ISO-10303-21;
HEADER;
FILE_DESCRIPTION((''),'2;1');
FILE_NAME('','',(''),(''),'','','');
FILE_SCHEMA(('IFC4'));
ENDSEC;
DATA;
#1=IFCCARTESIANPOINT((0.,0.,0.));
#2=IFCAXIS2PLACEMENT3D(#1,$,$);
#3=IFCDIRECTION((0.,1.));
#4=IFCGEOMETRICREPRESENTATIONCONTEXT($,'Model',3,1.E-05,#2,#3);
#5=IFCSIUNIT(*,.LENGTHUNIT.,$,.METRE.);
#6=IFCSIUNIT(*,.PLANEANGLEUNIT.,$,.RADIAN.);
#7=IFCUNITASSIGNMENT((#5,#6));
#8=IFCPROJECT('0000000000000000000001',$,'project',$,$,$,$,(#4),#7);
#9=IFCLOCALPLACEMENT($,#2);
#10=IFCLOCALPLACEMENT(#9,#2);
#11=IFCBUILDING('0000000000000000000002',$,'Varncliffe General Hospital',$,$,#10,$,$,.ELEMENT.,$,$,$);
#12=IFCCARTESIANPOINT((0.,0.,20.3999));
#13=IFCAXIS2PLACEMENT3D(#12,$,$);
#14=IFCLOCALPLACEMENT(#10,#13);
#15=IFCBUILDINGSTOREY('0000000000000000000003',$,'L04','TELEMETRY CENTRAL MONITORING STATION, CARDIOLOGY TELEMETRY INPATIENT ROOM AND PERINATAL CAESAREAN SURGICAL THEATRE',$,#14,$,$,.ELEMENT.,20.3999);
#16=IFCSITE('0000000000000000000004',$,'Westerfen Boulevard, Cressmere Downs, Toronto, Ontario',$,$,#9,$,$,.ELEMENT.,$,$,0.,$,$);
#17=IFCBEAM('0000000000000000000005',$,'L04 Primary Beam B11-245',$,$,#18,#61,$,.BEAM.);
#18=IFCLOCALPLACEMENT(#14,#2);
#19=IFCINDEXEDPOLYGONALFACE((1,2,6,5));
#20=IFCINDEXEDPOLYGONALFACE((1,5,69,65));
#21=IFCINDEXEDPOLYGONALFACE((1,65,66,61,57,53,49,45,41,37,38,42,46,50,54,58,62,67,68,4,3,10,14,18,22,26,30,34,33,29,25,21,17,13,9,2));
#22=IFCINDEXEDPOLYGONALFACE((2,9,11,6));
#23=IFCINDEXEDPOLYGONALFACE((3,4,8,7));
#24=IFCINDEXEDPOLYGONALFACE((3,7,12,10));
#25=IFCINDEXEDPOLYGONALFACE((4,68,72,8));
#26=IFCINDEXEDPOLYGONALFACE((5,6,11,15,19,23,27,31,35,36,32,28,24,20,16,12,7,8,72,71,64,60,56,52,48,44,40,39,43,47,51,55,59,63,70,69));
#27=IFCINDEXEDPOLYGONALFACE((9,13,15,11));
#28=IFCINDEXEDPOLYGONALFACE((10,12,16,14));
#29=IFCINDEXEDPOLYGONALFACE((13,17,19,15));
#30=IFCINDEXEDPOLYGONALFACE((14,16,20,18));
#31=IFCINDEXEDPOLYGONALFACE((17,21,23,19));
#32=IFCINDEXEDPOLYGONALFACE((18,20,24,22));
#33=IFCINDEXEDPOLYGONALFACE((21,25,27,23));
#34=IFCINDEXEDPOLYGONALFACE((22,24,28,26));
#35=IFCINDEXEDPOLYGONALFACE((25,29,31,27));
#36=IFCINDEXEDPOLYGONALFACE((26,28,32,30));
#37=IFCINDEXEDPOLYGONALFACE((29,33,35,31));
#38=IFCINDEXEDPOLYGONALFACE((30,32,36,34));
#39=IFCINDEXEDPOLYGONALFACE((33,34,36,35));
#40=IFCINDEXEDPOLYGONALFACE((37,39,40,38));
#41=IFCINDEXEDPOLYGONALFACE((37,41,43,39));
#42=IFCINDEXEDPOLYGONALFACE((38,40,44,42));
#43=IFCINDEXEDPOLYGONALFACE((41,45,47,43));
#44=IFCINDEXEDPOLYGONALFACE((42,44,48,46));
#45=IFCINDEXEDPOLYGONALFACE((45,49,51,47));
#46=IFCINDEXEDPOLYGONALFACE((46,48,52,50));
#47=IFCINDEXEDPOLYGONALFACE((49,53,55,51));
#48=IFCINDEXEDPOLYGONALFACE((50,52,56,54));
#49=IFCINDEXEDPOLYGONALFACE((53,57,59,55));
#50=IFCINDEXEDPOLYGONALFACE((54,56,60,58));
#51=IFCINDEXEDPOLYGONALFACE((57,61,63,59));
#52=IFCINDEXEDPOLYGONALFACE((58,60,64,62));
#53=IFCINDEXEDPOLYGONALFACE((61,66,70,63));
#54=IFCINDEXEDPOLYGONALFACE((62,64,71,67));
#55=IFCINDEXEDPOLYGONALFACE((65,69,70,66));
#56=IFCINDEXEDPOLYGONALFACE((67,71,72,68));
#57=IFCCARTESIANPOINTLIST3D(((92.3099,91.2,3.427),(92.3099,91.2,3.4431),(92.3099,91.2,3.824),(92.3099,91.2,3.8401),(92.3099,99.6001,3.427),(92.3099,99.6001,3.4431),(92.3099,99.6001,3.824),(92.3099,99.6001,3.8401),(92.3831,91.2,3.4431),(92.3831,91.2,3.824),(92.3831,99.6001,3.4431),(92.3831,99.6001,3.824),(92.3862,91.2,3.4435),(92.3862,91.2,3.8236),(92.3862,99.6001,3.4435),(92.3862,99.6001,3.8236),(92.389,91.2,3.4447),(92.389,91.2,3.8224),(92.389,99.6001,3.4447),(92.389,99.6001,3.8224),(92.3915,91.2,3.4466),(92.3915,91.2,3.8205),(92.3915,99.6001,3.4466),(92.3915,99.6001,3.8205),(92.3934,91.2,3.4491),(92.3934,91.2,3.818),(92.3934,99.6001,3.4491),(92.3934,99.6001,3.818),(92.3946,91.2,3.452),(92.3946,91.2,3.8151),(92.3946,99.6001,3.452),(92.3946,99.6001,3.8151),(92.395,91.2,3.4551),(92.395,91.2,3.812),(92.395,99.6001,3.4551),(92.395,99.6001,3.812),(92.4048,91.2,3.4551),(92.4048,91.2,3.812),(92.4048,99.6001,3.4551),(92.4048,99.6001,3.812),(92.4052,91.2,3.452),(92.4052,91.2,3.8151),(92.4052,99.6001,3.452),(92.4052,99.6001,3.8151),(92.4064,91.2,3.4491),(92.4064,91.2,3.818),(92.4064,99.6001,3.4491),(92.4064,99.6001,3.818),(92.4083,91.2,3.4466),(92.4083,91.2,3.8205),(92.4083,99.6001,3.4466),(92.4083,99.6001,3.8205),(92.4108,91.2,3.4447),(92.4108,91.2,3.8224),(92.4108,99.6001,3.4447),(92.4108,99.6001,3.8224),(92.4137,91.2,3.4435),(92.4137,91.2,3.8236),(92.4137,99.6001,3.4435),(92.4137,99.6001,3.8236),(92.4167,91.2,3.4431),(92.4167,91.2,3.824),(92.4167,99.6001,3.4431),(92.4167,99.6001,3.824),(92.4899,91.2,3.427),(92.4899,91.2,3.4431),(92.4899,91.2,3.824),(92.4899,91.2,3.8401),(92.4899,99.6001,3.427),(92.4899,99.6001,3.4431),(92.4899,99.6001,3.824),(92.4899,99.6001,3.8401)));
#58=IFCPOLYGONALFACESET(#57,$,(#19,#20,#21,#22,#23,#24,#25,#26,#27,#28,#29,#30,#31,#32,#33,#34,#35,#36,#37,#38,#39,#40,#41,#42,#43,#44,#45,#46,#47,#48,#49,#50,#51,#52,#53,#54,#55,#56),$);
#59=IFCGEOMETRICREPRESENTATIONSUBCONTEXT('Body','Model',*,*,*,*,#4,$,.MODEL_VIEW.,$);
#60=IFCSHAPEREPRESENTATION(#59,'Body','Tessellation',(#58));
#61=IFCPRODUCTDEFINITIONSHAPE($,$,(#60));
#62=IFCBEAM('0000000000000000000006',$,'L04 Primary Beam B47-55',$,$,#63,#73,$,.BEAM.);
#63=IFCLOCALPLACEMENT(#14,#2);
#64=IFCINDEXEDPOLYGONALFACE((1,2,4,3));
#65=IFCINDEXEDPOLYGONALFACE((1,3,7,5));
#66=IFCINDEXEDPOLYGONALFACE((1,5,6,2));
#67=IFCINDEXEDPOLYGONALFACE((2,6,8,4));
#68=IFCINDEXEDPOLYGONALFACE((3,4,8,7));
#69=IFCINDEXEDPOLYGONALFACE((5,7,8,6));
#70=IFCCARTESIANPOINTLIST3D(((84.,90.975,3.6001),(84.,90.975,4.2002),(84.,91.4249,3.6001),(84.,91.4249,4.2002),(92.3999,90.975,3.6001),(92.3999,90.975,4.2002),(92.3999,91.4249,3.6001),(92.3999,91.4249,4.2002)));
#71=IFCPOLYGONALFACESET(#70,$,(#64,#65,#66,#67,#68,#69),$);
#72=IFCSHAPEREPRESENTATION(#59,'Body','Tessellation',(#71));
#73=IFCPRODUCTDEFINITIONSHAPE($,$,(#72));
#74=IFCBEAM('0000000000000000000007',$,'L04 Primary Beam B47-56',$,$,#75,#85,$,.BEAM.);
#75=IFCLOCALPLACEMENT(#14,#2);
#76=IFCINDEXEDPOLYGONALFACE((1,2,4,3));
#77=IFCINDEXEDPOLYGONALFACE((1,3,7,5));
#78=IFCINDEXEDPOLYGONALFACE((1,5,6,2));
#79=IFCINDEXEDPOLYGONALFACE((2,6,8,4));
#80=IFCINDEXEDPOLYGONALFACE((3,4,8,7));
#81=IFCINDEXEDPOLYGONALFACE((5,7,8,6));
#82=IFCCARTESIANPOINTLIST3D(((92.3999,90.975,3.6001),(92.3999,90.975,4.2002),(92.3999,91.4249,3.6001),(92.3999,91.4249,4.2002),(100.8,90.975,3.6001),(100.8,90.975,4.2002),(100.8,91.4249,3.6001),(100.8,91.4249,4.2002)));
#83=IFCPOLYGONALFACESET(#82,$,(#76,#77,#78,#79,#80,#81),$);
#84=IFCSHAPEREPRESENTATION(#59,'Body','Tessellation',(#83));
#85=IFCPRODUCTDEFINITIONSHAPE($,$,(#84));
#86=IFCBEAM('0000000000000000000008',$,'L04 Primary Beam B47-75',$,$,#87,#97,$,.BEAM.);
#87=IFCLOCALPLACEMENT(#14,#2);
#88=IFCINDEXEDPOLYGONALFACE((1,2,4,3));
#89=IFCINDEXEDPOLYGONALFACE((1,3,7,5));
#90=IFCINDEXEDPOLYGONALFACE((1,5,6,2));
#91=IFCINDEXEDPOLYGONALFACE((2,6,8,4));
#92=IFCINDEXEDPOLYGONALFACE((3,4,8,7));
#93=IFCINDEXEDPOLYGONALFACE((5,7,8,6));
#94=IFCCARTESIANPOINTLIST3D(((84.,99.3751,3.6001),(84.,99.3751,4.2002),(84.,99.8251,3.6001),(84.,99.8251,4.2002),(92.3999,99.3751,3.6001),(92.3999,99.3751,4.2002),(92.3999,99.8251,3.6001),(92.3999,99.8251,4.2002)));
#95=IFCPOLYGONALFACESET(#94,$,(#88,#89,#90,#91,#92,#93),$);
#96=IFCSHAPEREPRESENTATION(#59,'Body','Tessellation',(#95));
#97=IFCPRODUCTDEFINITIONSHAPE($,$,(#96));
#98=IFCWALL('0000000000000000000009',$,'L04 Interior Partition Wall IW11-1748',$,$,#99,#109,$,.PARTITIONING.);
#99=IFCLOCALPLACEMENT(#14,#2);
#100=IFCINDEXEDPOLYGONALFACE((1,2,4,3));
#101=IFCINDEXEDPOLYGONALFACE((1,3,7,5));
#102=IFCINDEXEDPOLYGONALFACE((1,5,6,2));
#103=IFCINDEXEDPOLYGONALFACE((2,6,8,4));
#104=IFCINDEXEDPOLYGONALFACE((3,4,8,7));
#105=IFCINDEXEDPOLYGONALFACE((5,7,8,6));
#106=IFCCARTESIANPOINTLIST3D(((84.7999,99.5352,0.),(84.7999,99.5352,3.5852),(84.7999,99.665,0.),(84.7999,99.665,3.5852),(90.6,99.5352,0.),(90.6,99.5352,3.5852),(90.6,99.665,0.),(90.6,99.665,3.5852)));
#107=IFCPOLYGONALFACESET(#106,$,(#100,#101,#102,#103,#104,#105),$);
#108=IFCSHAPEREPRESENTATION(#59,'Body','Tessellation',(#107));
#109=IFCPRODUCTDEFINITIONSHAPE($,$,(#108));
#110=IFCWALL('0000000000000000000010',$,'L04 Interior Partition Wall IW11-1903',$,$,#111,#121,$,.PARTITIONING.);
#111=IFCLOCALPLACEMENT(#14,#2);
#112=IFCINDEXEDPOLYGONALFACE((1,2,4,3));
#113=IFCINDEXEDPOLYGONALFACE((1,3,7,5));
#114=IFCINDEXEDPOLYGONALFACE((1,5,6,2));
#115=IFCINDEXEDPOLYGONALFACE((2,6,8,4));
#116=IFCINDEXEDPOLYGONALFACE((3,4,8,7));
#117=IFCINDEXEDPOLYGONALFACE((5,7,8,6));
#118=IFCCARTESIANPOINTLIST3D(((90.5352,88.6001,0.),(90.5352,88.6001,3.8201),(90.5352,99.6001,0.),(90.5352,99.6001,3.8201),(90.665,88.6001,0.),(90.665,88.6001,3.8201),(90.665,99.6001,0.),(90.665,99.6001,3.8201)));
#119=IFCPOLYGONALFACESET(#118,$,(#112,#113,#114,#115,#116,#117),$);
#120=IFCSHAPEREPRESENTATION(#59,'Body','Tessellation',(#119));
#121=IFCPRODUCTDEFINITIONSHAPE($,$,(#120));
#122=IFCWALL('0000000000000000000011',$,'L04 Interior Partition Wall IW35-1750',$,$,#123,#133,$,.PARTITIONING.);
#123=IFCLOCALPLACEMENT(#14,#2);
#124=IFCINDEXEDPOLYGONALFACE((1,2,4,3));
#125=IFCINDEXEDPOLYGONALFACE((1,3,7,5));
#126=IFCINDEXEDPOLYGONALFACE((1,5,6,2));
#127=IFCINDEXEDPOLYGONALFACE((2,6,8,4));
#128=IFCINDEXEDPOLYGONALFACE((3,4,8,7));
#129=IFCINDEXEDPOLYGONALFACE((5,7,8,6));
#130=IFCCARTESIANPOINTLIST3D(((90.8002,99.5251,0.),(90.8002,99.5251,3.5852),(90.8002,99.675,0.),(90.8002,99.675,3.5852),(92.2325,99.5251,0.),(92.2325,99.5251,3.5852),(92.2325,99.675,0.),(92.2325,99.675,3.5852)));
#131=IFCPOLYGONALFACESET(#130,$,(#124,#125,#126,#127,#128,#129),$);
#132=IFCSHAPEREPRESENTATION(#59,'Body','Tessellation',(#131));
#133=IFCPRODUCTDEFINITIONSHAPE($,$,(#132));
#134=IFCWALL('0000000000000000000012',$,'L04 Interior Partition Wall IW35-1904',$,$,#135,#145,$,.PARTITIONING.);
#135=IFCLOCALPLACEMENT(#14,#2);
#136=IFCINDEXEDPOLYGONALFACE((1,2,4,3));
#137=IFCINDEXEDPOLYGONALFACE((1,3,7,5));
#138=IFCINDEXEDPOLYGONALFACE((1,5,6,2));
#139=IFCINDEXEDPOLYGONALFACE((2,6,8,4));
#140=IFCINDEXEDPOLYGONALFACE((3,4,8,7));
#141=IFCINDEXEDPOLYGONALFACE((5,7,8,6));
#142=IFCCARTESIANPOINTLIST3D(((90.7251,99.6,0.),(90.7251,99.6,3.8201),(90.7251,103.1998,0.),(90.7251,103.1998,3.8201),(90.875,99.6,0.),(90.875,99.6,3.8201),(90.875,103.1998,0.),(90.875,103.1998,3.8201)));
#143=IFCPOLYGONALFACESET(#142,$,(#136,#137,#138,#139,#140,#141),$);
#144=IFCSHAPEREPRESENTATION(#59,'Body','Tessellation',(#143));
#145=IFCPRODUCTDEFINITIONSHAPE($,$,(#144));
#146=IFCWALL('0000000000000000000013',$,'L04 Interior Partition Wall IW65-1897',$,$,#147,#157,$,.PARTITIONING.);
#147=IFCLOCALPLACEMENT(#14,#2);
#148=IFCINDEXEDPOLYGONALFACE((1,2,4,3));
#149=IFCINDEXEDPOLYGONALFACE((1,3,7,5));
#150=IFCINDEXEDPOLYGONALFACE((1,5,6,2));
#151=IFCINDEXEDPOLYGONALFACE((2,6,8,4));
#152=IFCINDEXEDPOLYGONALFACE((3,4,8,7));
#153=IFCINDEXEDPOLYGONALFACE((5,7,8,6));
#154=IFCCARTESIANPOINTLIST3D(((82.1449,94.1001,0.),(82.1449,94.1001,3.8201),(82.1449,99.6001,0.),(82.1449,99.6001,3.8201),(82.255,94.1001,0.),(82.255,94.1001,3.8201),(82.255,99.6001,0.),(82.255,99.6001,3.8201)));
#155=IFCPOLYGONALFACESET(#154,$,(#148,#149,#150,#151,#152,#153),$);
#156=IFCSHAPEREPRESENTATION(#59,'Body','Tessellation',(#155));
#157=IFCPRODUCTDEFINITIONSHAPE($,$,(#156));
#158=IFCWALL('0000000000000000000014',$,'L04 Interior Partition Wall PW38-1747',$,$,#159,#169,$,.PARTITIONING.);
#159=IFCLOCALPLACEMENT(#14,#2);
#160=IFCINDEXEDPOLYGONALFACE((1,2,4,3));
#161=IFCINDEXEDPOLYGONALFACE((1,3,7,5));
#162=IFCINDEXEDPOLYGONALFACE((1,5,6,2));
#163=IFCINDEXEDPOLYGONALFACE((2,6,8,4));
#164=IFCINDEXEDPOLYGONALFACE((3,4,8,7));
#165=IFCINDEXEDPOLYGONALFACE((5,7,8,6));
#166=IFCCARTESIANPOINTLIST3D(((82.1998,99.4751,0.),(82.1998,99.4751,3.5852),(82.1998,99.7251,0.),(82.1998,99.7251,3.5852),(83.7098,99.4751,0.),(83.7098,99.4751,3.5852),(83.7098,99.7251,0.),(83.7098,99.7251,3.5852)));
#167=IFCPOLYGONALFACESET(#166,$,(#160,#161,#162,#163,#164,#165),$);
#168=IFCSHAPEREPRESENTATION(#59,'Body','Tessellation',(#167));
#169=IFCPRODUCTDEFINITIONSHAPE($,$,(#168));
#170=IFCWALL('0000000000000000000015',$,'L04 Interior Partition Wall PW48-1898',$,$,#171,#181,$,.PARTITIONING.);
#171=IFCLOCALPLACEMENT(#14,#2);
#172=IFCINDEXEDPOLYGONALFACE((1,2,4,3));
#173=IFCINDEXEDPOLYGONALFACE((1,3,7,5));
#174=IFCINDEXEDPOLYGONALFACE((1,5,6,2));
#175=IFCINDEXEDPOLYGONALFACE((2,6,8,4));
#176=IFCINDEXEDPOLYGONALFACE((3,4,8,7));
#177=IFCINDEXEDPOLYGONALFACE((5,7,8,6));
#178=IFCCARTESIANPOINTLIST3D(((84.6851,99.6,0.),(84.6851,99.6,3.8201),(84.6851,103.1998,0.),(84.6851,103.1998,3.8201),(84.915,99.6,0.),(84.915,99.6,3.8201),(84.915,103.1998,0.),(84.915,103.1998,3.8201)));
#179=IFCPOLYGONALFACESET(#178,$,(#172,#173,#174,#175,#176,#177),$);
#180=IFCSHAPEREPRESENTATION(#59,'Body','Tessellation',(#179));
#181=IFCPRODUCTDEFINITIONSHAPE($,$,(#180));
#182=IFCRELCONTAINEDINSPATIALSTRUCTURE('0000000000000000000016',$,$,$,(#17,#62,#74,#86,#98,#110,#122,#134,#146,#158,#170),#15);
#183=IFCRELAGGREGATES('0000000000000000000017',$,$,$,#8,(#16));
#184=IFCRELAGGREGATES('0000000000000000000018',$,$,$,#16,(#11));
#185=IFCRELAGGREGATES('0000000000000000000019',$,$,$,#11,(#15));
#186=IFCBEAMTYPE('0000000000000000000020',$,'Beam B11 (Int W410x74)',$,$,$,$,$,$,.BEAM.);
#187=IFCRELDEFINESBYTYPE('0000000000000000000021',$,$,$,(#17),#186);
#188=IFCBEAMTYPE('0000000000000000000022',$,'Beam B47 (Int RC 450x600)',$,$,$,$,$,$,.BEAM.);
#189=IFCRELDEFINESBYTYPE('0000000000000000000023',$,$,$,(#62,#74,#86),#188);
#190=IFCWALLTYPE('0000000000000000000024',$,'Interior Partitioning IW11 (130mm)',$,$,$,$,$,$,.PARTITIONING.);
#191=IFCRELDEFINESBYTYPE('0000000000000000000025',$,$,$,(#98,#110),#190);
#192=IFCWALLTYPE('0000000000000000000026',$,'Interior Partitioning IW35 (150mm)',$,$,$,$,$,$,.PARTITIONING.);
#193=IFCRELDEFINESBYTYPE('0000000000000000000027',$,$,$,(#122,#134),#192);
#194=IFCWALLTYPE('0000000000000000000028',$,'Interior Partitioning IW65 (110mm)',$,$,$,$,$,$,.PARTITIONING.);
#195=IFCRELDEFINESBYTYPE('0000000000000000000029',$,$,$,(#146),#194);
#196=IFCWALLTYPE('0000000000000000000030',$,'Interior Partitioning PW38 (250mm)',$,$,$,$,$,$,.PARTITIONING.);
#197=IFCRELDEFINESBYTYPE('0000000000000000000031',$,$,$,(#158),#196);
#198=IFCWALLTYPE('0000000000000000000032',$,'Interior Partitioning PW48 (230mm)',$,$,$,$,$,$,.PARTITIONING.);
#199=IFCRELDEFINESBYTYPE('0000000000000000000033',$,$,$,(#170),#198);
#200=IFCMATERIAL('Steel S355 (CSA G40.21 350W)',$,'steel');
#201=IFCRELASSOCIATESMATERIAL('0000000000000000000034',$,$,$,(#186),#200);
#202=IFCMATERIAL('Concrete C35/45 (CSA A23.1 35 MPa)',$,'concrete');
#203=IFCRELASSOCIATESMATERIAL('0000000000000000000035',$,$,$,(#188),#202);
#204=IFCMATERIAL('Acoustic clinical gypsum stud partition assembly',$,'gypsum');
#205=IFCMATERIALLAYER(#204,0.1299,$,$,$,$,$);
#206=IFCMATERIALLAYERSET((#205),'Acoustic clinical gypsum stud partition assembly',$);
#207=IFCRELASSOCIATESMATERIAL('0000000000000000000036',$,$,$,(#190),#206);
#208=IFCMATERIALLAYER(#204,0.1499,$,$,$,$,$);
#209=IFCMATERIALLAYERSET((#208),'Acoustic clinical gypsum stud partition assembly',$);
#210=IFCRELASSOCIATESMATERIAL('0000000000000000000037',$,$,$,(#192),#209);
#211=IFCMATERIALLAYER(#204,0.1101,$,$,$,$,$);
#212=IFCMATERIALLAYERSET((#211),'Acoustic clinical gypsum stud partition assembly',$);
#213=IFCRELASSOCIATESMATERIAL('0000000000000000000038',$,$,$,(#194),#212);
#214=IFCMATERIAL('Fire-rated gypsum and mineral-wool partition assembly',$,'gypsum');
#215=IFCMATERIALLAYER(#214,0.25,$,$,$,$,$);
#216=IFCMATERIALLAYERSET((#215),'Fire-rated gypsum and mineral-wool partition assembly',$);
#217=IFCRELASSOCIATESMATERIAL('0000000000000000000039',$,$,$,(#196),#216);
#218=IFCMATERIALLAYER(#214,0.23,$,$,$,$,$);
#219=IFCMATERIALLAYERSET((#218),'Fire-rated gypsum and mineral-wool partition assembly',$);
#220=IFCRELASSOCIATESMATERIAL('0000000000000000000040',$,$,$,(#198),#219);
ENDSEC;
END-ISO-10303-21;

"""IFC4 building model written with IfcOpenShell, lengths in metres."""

from ifc_helpers import new_model, si_unit, direction, frame, frame_2d, origin, origin_2d, place, context, subcontext, project, spatial, rectangle, i_section, extrude, material, layer, layer_set, material_profile, profile_set, type_object, element, save


model = new_model("IFC4")

# Units and contexts
model_context = context("Model", 3, precision=1e-05, world=origin(), true_north=direction((0.0, 1.0)))
body_context = subcontext(model_context, "Body", "Model", "MODEL_VIEW")
ifc_project = project(units=[si_unit("LENGTHUNIT", "METRE"), si_unit("PLANEANGLEUNIT", "RADIAN")], contexts=[model_context])

# Site, building, storey
site_placement = place(None, origin())
site = spatial("IfcSite", under=ifc_project, at=site_placement, Name="Westerfen Boulevard, Cressmere Downs, Toronto, Ontario", CompositionType="ELEMENT", RefElevation=0.0)
building_placement = place(site_placement, origin())
building = spatial("IfcBuilding", under=site, at=building_placement, Name="Varncliffe General Hospital", CompositionType="ELEMENT")
storey_placement = place(building_placement, frame((0.0, 0.0, 20.3999)))
storey = spatial("IfcBuildingStorey", under=building, at=storey_placement, Name="L04", Description="TELEMETRY CENTRAL MONITORING STATION, CARDIOLOGY TELEMETRY INPATIENT ROOM AND PERINATAL CAESAREAN SURGICAL THEATRE", CompositionType="ELEMENT", Elevation=20.3999)

# Shared definitions
ifc_material_1 = material(Name="Steel S355 (CSA G40.21 350W)", Category="steel")

# Beams
ifc_material_profile_1 = material_profile(ifc_material_1, i_section(OverallWidth=0.1799, OverallDepth=0.4131, WebThickness=0.0098, FlangeThickness=0.0161, FilletRadius=0.012, at=origin_2d()), Name="W410x74")
ifc_profile_set_1 = profile_set([ifc_material_profile_1], Name="Steel S355 (CSA G40.21 350W)")
beam_type_1 = type_object("IfcBeamType", Name="Beam B11 (Int W410x74)", PredefinedType="BEAM", material=ifc_profile_set_1)
beam_1_placement = place(storey_placement, frame((92.3999, 91.2, 3.6335), z_axis=(0.0, 1.0, 0.0), x_axis=(-1.0, 0.0, 0.0)))
element("IfcBeam", 1, at=beam_1_placement, inside=storey, type_object=beam_type_1, Name="L04 Primary Beam B11-245", PredefinedType="BEAM", context=body_context, shape_type="SweptSolid", body=[
    extrude(i_section(OverallWidth=0.1799, OverallDepth=0.4131, WebThickness=0.0098, FlangeThickness=0.0161, FilletRadius=0.012, at=origin_2d()), origin(), (0.0, 0.0, 1.0), 8.4001),
])
ifc_material_2 = material(Name="Concrete C35/45 (CSA A23.1 35 MPa)", Category="concrete")
ifc_material_profile_2 = material_profile(ifc_material_2, rectangle(XDim=0.45, YDim=0.6001, at=origin_2d()), Name="RC 450x600")
ifc_profile_set_2 = profile_set([ifc_material_profile_2], Name="Concrete C35/45 (CSA A23.1 35 MPa)")
beam_type_2 = type_object("IfcBeamType", Name="Beam B47 (Int RC 450x600)", PredefinedType="BEAM", material=ifc_profile_set_2)
beam_2_placement = place(storey_placement, frame((84.0, 91.2, 3.9001), z_axis=(1.0, 0.0, 0.0), x_axis=(0.0, 1.0, 0.0)))
element("IfcBeam", 2, at=beam_2_placement, inside=storey, type_object=beam_type_2, Name="L04 Primary Beam B47-55", PredefinedType="BEAM", context=body_context, shape_type="SweptSolid", body=[
    extrude(rectangle(XDim=0.45, YDim=0.6001, at=origin_2d()), origin(), (0.0, 0.0, 1.0), 8.3999),
])
beam_3_placement = place(storey_placement, frame((92.3999, 91.2, 3.9001), z_axis=(1.0, 0.0, 0.0), x_axis=(0.0, 1.0, 0.0)))
element("IfcBeam", 3, at=beam_3_placement, inside=storey, type_object=beam_type_2, Name="L04 Primary Beam B47-56", PredefinedType="BEAM", context=body_context, shape_type="SweptSolid", body=[
    extrude(rectangle(XDim=0.45, YDim=0.6001, at=origin_2d()), origin(), (0.0, 0.0, 1.0), 8.4001),
])
beam_4_placement = place(storey_placement, frame((84.0, 99.6001, 3.9001), z_axis=(1.0, 0.0, 0.0), x_axis=(0.0, 1.0, 0.0)))
element("IfcBeam", 4, at=beam_4_placement, inside=storey, type_object=beam_type_2, Name="L04 Primary Beam B47-75", PredefinedType="BEAM", context=body_context, shape_type="SweptSolid", body=[
    extrude(rectangle(XDim=0.45, YDim=0.6001, at=origin_2d()), origin(), (0.0, 0.0, 1.0), 8.3999),
])

# Walls
ifc_material_3 = material(Name="Acoustic clinical gypsum stud partition assembly", Category="gypsum")
ifc_layer_1 = layer(ifc_material_3, 0.1299)
ifc_layer_set_1 = layer_set([ifc_layer_1], Name="Acoustic clinical gypsum stud partition assembly")
wall_type_1 = type_object("IfcWallType", Name="Interior Partitioning IW11 (130mm)", PredefinedType="PARTITIONING", material=ifc_layer_set_1)
wall_1_placement = place(storey_placement, frame((84.8, 99.6001, 0.0), z_axis=(0.0, 0.0, 1.0), x_axis=(1.0, 0.0, 0.0)))
element("IfcWall", 5, at=wall_1_placement, inside=storey, type_object=wall_type_1, Name="L04 Interior Partition Wall IW11-1748", PredefinedType="PARTITIONING", context=body_context, shape_type="SweptSolid", body=[
    extrude(rectangle(XDim=5.8, YDim=0.1299, at=frame_2d((2.8999, 0.0))), origin(), (0.0, 0.0, 1.0), 3.5852),
])
wall_2_placement = place(storey_placement, frame((90.6001, 88.6001, 0.0), z_axis=(0.0, 0.0, 1.0), x_axis=(0.0, 1.0, 0.0)))
element("IfcWall", 6, at=wall_2_placement, inside=storey, type_object=wall_type_1, Name="L04 Interior Partition Wall IW11-1903", PredefinedType="PARTITIONING", context=body_context, shape_type="SweptSolid", body=[
    extrude(rectangle(XDim=11.0, YDim=0.1299, at=frame_2d((5.5, 0.0))), origin(), (0.0, 0.0, 1.0), 3.8201),
])
ifc_layer_2 = layer(ifc_material_3, 0.1499)
ifc_layer_set_2 = layer_set([ifc_layer_2], Name="Acoustic clinical gypsum stud partition assembly")
wall_type_2 = type_object("IfcWallType", Name="Interior Partitioning IW35 (150mm)", PredefinedType="PARTITIONING", material=ifc_layer_set_2)
wall_3_placement = place(storey_placement, frame((90.8, 99.6001, 0.0), z_axis=(0.0, 0.0, 1.0), x_axis=(1.0, 0.0, 0.0)))
element("IfcWall", 7, at=wall_3_placement, inside=storey, type_object=wall_type_2, Name="L04 Interior Partition Wall IW35-1750", PredefinedType="PARTITIONING", context=body_context, shape_type="SweptSolid", body=[
    extrude(rectangle(XDim=1.4324, YDim=0.1499, at=frame_2d((0.7163, 0.0))), origin(), (0.0, 0.0, 1.0), 3.5852),
])
wall_4_placement = place(storey_placement, frame((90.8, 99.6001, 0.0), z_axis=(0.0, 0.0, 1.0), x_axis=(0.0, 1.0, 0.0)))
element("IfcWall", 8, at=wall_4_placement, inside=storey, type_object=wall_type_2, Name="L04 Interior Partition Wall IW35-1904", PredefinedType="PARTITIONING", context=body_context, shape_type="SweptSolid", body=[
    extrude(rectangle(XDim=3.5999, YDim=0.1499, at=frame_2d((1.7998, 0.0))), origin(), (0.0, 0.0, 1.0), 3.8201),
])
ifc_layer_3 = layer(ifc_material_3, 0.1101)
ifc_layer_set_3 = layer_set([ifc_layer_3], Name="Acoustic clinical gypsum stud partition assembly")
wall_type_3 = type_object("IfcWallType", Name="Interior Partitioning IW65 (110mm)", PredefinedType="PARTITIONING", material=ifc_layer_set_3)
wall_5_placement = place(storey_placement, frame((82.2, 94.1001, 0.0), z_axis=(0.0, 0.0, 1.0), x_axis=(0.0, 1.0, 0.0)))
element("IfcWall", 9, at=wall_5_placement, inside=storey, type_object=wall_type_3, Name="L04 Interior Partition Wall IW65-1897", PredefinedType="PARTITIONING", context=body_context, shape_type="SweptSolid", body=[
    extrude(rectangle(XDim=5.5, YDim=0.1101, at=frame_2d((2.75, 0.0))), origin(), (0.0, 0.0, 1.0), 3.8201),
])
ifc_material_4 = material(Name="Fire-rated gypsum and mineral-wool partition assembly", Category="gypsum")
ifc_layer_4 = layer(ifc_material_4, 0.25)
ifc_layer_set_4 = layer_set([ifc_layer_4], Name="Fire-rated gypsum and mineral-wool partition assembly")
wall_type_4 = type_object("IfcWallType", Name="Interior Partitioning PW38 (250mm)", PredefinedType="PARTITIONING", material=ifc_layer_set_4)
wall_6_placement = place(storey_placement, frame((82.2, 99.6001, 0.0), z_axis=(0.0, 0.0, 1.0), x_axis=(1.0, 0.0, 0.0)))
element("IfcWall", 10, at=wall_6_placement, inside=storey, type_object=wall_type_4, Name="L04 Interior Partition Wall PW38-1747", PredefinedType="PARTITIONING", context=body_context, shape_type="SweptSolid", body=[
    extrude(rectangle(XDim=1.51, YDim=0.25, at=frame_2d((0.7549, 0.0))), origin(), (0.0, 0.0, 1.0), 3.5852),
])
ifc_layer_5 = layer(ifc_material_4, 0.23)
ifc_layer_set_5 = layer_set([ifc_layer_5], Name="Fire-rated gypsum and mineral-wool partition assembly")
wall_type_5 = type_object("IfcWallType", Name="Interior Partitioning PW48 (230mm)", PredefinedType="PARTITIONING", material=ifc_layer_set_5)
wall_7_placement = place(storey_placement, frame((84.8, 99.6001, 0.0), z_axis=(0.0, 0.0, 1.0), x_axis=(0.0, 1.0, 0.0)))
element("IfcWall", 11, at=wall_7_placement, inside=storey, type_object=wall_type_5, Name="L04 Interior Partition Wall PW48-1898", PredefinedType="PARTITIONING", context=body_context, shape_type="SweptSolid", body=[
    extrude(rectangle(XDim=3.5999, YDim=0.23, at=frame_2d((1.7998, 0.0))), origin(), (0.0, 0.0, 1.0), 3.8201),
])

save(model, "model.ifc")
